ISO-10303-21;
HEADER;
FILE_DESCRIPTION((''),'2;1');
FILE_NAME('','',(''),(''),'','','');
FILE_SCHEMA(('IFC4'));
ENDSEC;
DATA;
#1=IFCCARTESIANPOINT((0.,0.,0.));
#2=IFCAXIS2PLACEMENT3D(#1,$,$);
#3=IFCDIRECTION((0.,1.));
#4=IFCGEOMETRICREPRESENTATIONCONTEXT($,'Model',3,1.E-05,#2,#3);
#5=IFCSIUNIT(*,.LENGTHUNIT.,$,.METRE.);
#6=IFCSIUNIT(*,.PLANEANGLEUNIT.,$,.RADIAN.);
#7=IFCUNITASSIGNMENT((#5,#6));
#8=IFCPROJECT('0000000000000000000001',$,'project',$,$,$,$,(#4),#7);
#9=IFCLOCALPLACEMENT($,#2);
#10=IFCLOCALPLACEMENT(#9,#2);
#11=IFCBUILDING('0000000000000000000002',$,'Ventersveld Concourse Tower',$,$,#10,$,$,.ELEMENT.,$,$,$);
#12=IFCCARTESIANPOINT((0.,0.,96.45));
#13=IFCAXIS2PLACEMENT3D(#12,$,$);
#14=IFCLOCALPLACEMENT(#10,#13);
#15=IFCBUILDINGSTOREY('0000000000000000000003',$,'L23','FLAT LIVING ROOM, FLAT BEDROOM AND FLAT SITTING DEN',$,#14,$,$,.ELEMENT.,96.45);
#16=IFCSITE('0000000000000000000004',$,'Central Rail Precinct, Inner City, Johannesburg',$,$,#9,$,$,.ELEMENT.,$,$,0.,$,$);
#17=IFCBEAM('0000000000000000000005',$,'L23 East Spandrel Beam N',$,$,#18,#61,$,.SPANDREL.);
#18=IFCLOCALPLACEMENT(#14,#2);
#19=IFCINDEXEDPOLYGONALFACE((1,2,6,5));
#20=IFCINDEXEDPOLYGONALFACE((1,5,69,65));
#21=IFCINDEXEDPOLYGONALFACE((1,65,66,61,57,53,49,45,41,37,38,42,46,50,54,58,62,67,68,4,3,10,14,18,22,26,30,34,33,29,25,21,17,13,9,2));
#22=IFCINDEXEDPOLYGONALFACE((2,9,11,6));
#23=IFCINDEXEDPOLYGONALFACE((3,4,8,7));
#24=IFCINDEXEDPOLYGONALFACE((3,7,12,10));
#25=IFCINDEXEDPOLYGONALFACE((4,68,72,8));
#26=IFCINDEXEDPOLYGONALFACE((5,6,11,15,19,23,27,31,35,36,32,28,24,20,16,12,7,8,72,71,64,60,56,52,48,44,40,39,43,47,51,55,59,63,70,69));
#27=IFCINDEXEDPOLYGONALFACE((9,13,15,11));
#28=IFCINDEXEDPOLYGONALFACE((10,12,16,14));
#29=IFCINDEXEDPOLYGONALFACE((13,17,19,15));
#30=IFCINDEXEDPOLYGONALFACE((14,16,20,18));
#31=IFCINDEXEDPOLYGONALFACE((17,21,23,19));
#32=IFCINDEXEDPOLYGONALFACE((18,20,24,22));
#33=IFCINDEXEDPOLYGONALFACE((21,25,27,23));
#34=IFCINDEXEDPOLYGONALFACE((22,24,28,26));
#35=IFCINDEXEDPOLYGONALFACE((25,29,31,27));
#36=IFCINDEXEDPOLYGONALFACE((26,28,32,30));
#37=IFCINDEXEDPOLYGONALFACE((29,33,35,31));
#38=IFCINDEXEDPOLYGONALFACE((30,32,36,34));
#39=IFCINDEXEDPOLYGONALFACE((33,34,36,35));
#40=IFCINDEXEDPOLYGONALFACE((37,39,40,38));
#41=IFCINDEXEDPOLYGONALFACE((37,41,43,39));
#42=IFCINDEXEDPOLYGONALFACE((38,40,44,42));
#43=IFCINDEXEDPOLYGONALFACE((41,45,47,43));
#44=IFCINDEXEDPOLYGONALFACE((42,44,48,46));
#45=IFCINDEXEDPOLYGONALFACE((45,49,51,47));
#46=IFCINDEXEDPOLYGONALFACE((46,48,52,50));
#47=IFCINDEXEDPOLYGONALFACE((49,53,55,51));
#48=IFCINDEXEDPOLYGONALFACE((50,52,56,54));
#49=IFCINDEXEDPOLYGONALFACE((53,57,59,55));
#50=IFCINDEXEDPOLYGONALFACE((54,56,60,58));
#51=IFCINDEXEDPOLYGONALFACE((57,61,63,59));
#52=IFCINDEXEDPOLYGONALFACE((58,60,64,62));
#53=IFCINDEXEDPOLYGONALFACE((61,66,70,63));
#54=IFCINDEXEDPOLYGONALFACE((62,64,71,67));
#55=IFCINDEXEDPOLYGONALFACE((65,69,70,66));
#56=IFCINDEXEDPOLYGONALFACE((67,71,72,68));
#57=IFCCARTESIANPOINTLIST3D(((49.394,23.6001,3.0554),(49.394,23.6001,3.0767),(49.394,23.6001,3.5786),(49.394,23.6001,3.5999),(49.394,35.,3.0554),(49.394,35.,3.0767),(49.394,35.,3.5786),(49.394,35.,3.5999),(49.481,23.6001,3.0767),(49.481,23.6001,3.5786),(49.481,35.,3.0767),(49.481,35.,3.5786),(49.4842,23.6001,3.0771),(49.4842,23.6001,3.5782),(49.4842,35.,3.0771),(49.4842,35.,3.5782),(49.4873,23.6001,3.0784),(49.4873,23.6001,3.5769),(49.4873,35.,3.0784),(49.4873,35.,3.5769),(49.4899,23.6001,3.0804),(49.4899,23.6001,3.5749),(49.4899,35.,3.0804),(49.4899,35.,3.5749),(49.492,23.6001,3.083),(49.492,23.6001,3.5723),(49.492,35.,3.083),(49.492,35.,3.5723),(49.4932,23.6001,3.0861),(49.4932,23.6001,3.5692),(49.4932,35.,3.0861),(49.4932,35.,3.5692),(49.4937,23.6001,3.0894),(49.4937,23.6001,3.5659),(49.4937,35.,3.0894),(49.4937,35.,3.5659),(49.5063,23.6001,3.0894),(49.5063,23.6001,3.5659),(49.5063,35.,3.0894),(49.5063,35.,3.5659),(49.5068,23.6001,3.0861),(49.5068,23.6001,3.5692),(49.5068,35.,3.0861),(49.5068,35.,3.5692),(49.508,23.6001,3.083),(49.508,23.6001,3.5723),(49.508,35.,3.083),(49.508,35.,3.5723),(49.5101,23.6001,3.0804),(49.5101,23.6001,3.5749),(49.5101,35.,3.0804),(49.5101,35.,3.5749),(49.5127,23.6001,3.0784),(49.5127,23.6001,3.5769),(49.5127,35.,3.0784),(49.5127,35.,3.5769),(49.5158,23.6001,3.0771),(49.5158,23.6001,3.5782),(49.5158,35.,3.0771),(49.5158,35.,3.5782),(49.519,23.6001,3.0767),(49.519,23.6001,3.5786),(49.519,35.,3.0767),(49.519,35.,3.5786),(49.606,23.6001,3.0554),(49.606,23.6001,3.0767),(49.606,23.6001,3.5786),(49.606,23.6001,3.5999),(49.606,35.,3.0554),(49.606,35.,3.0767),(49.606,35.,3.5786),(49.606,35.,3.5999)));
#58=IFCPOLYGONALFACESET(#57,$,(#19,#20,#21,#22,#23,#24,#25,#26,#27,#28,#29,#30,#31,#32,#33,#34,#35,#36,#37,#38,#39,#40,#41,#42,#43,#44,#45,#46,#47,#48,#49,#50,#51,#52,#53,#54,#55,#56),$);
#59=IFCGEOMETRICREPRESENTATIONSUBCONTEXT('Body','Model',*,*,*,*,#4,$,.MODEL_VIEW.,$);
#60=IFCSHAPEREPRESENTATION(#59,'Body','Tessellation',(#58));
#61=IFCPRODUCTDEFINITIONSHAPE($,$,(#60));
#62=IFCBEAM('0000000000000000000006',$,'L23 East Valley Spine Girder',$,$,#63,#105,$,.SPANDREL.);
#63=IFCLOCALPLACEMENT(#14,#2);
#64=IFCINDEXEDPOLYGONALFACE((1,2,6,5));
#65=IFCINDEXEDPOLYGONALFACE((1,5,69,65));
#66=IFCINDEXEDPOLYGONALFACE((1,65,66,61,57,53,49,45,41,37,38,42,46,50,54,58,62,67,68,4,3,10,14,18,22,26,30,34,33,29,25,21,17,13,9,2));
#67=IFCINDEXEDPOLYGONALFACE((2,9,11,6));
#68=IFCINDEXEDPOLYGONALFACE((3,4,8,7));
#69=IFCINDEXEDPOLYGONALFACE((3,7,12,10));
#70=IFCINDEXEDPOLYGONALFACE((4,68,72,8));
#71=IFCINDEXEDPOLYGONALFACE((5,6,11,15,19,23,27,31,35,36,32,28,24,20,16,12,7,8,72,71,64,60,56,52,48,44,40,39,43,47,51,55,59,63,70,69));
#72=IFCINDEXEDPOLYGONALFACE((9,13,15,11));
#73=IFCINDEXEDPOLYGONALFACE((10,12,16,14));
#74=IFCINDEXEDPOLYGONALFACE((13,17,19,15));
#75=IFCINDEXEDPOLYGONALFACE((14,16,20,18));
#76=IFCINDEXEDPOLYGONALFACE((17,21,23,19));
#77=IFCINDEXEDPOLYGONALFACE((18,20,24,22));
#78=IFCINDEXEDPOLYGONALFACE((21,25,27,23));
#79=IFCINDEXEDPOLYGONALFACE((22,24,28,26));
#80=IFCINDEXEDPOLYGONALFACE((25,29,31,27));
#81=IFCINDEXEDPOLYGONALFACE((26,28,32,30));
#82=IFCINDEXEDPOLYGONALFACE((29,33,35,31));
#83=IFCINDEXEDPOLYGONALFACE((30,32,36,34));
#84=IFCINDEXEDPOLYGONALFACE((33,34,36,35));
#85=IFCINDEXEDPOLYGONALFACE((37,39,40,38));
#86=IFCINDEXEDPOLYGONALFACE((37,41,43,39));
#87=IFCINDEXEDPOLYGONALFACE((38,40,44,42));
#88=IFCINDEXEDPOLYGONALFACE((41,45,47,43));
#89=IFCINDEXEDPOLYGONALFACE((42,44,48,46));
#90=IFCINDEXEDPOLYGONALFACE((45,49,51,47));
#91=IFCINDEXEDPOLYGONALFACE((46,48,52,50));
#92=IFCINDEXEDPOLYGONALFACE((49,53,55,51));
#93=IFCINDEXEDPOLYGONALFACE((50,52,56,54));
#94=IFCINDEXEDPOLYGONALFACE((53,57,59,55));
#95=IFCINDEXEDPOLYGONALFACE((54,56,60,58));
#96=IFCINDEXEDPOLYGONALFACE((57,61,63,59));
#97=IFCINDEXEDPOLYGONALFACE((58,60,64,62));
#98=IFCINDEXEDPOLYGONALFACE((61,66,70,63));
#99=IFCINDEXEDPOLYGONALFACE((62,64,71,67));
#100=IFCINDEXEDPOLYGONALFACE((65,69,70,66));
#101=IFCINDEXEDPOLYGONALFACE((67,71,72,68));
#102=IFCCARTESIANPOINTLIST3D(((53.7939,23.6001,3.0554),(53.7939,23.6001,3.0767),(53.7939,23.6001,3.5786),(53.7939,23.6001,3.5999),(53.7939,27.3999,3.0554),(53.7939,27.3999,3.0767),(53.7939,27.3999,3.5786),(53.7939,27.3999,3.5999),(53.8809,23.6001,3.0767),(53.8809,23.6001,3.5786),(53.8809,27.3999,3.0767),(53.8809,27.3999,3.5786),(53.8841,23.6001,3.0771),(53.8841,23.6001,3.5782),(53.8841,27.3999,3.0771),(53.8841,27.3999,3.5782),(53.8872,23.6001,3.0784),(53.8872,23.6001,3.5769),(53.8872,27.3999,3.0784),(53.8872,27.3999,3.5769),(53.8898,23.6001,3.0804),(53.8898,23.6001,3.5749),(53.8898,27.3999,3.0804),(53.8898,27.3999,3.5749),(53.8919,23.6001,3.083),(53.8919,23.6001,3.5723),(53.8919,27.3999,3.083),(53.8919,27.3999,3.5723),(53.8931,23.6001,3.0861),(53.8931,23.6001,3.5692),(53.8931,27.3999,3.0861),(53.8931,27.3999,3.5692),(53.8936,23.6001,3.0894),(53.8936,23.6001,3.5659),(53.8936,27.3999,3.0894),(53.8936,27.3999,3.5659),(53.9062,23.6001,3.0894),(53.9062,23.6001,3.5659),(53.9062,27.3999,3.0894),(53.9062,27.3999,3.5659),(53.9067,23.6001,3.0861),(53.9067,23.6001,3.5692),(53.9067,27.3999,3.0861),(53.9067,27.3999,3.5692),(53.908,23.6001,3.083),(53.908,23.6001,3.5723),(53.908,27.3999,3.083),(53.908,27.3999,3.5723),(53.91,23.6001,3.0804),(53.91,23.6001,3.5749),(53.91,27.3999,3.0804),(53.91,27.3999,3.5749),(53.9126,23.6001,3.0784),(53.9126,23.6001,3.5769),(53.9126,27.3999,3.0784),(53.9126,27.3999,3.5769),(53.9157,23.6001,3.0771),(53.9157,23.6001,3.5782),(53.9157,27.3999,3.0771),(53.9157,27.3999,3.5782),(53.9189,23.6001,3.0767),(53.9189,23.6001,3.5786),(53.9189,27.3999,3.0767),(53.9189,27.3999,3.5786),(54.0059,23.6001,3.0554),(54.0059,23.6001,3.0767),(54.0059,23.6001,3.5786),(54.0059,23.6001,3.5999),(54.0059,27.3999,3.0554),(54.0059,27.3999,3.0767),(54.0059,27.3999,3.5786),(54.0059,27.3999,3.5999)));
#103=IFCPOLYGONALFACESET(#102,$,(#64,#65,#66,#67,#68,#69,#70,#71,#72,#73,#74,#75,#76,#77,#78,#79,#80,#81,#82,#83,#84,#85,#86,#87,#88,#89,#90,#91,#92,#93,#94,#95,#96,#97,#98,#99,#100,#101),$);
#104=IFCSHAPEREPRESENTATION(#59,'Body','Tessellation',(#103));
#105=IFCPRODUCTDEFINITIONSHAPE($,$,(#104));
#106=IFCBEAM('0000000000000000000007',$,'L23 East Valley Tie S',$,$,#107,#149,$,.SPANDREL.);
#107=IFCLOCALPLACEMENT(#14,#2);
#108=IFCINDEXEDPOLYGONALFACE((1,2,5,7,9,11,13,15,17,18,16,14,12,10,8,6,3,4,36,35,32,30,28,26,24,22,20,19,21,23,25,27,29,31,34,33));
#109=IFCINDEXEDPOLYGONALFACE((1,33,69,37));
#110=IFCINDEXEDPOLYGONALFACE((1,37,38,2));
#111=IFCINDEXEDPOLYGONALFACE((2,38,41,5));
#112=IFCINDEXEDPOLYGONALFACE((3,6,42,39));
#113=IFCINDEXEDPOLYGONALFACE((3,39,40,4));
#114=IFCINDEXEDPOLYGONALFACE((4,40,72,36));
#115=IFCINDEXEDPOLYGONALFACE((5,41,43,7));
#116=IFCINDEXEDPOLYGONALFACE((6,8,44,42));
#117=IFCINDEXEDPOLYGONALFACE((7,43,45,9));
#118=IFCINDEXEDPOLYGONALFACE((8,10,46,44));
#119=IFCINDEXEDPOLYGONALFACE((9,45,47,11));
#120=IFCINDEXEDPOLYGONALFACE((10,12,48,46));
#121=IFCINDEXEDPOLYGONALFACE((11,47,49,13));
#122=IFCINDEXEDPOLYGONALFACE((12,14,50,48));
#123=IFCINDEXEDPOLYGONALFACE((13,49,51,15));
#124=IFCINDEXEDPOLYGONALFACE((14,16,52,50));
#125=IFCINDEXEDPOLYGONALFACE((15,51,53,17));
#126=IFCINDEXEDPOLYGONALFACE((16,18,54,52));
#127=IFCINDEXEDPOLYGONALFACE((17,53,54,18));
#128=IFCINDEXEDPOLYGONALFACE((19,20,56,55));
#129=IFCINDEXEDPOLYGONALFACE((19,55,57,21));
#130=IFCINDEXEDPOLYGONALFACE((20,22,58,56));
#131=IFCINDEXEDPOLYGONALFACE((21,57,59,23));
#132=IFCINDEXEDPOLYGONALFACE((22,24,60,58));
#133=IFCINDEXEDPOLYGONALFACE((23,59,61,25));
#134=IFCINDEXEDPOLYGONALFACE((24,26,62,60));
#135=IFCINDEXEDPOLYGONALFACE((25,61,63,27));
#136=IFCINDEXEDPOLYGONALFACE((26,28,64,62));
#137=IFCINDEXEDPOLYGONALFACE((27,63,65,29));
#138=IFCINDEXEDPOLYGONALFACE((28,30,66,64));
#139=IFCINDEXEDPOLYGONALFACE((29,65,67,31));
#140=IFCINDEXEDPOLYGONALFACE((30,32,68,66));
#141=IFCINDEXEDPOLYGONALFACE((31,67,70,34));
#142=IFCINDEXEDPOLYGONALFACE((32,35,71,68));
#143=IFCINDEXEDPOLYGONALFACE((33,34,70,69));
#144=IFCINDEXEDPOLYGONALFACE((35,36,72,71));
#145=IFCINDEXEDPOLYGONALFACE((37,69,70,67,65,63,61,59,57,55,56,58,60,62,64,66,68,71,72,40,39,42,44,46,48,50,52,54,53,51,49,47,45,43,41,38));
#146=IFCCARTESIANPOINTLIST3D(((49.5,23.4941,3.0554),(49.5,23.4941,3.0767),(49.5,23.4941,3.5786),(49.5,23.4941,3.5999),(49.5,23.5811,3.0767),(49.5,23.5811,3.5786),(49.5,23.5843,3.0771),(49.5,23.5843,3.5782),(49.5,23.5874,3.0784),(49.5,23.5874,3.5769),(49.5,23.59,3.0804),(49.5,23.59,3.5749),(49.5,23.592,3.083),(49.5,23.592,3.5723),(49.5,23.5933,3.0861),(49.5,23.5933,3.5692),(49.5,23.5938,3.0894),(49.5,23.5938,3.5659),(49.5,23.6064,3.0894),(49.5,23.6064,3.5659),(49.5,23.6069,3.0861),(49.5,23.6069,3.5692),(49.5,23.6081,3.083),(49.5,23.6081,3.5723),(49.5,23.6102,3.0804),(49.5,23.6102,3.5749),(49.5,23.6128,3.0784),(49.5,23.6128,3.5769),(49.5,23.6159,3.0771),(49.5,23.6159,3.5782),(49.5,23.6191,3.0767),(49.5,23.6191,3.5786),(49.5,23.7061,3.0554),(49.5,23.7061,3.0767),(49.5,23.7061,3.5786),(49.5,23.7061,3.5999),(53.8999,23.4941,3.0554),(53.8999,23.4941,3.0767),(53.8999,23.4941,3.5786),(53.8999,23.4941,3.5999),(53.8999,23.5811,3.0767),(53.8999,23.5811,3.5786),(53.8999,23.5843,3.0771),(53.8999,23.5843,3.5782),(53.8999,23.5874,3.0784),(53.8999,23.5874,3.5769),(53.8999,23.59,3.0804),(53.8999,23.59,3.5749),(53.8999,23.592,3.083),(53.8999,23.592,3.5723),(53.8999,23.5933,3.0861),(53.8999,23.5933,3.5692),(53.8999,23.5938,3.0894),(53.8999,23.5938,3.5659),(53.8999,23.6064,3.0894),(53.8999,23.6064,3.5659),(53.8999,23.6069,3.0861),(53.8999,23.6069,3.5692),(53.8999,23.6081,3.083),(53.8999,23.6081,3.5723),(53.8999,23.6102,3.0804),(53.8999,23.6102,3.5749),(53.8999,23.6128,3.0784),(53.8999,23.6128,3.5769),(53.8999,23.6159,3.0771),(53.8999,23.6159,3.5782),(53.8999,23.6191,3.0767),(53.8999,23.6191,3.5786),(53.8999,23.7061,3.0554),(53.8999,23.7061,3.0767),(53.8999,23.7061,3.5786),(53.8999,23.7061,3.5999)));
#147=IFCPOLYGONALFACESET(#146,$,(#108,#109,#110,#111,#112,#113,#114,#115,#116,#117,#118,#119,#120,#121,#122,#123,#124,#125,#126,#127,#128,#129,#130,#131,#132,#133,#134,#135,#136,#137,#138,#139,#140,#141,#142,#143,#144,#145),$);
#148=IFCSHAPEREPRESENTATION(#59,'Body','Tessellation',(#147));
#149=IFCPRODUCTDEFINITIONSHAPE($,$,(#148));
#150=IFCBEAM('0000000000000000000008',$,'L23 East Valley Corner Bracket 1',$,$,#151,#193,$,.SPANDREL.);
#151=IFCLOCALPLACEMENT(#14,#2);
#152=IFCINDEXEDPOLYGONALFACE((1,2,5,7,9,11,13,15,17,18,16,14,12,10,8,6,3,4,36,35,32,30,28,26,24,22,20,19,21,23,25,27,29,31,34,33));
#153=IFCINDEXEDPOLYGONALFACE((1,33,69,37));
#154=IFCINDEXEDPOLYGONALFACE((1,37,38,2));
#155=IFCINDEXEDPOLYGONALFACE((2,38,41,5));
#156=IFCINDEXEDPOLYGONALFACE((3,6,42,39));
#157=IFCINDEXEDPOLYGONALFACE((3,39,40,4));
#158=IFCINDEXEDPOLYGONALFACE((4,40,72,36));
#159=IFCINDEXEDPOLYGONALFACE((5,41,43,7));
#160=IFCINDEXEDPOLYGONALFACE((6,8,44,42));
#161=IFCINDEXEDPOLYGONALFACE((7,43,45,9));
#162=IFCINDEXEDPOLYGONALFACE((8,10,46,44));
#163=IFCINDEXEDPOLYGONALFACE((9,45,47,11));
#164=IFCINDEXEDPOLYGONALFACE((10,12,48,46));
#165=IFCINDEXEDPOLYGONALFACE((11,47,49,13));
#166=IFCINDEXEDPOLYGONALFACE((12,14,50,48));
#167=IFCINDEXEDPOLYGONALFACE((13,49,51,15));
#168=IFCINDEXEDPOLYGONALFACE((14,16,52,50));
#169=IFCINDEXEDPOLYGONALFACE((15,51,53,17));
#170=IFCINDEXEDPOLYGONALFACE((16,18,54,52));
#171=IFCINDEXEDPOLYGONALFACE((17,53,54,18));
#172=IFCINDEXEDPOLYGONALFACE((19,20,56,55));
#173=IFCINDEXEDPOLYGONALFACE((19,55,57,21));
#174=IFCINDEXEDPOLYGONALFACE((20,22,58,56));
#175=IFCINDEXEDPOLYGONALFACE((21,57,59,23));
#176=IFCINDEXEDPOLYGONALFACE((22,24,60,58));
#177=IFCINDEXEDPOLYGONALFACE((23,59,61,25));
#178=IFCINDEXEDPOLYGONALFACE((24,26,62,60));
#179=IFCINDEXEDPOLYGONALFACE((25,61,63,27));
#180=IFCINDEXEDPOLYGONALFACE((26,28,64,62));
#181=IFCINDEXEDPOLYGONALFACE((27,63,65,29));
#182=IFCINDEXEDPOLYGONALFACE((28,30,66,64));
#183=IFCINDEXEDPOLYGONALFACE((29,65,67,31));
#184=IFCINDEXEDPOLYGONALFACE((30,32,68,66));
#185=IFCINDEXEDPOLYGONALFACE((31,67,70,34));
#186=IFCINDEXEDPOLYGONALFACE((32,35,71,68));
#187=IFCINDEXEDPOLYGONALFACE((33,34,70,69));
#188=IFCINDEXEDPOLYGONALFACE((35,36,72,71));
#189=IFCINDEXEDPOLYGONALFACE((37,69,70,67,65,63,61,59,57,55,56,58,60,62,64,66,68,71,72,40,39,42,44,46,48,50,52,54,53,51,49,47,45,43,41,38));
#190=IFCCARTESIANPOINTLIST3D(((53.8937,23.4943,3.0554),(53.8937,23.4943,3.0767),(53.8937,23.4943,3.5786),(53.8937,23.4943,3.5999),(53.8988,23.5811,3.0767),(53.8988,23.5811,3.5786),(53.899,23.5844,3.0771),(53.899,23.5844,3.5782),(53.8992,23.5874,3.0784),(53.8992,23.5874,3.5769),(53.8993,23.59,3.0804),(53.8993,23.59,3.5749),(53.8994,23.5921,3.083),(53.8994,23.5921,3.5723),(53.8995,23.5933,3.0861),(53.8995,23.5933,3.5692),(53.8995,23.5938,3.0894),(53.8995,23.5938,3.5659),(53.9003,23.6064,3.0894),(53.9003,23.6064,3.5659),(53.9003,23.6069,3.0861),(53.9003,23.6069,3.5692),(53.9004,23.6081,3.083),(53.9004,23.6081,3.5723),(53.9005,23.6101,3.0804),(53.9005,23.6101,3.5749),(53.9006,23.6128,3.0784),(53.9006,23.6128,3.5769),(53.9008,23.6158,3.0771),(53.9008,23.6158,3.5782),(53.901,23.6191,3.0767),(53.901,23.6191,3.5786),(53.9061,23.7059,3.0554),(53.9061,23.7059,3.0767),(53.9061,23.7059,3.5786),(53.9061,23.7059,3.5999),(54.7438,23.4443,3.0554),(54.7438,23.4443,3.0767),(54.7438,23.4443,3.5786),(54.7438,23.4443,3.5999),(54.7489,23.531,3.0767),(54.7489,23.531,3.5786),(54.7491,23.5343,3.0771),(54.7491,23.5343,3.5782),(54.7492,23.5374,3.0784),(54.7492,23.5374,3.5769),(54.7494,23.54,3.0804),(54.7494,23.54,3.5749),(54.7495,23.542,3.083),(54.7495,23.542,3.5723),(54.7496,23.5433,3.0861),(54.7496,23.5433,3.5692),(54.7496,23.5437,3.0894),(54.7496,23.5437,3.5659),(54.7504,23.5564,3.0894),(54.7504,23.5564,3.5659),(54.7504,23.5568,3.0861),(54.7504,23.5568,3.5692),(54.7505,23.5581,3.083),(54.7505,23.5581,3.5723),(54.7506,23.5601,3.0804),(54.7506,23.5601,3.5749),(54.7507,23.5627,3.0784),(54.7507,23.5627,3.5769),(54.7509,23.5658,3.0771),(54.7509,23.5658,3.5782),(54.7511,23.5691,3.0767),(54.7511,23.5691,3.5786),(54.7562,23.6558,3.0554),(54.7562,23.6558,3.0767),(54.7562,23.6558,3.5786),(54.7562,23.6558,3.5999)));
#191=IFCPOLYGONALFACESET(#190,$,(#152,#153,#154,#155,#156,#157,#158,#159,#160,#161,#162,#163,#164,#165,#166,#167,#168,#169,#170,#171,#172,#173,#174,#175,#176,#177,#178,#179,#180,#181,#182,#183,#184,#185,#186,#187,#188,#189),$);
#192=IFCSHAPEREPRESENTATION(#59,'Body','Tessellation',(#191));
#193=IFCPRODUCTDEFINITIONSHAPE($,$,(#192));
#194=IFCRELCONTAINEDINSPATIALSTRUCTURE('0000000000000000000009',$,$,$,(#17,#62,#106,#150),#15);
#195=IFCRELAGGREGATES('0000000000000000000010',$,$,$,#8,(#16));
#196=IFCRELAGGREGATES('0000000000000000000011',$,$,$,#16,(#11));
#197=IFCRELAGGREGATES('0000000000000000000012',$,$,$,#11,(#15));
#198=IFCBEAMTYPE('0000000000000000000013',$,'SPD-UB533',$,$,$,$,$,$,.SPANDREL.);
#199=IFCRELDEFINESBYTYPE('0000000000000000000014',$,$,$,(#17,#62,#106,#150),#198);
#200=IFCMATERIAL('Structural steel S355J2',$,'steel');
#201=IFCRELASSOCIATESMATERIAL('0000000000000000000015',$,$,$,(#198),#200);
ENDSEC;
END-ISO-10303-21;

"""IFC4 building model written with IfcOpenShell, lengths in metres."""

from ifc_helpers import new_model, si_unit, direction, frame, origin, origin_2d, place, context, subcontext, project, spatial, i_section, extrude, material, material_profile, profile_set, type_object, element, save


model = new_model("IFC4")

# Units and contexts
model_context = context("Model", 3, precision=1e-05, world=origin(), true_north=direction((0.0, 1.0)))
body_context = subcontext(model_context, "Body", "Model", "MODEL_VIEW")
ifc_project = project(units=[si_unit("LENGTHUNIT", "METRE"), si_unit("PLANEANGLEUNIT", "RADIAN")], contexts=[model_context])

# Site, building, storey
site_placement = place(None, origin())
site = spatial("IfcSite", under=ifc_project, at=site_placement, Name="Central Rail Precinct, Inner City, Johannesburg", CompositionType="ELEMENT", RefElevation=0.0)
building_placement = place(site_placement, origin())
building = spatial("IfcBuilding", under=site, at=building_placement, Name="Ventersveld Concourse Tower", CompositionType="ELEMENT")
storey_placement = place(building_placement, frame((0.0, 0.0, 96.45)))
storey = spatial("IfcBuildingStorey", under=building, at=storey_placement, Name="L23", Description="FLAT LIVING ROOM, FLAT BEDROOM AND FLAT SITTING DEN", CompositionType="ELEMENT", Elevation=96.45)

# Beams
ifc_material_1 = material(Name="Structural steel S355J2", Category="steel")
ifc_material_profile_1 = material_profile(ifc_material_1, i_section(OverallWidth=0.2119, OverallDepth=0.5444, WebThickness=0.0127, FlangeThickness=0.0212, FilletRadius=0.0127, at=origin_2d()), Name="UB 533x210x122")
ifc_profile_set_1 = profile_set([ifc_material_profile_1], Name="Structural steel S355J2")
beam_type_1 = type_object("IfcBeamType", Name="SPD-UB533", PredefinedType="SPANDREL", material=ifc_profile_set_1)
beam_1_placement = place(storey_placement, frame((49.5, 23.6001, 3.3276), z_axis=(0.0, 1.0, 0.0), x_axis=(-1.0, 0.0, 0.0)))
element("IfcBeam", 1, at=beam_1_placement, inside=storey, type_object=beam_type_1, Name="L23 East Spandrel Beam N", PredefinedType="SPANDREL", context=body_context, shape_type="SweptSolid", body=[
    extrude(i_section(OverallWidth=0.2119, OverallDepth=0.5444, WebThickness=0.0127, FlangeThickness=0.0212, FilletRadius=0.0127, at=origin_2d()), origin(), (0.0, 0.0, 1.0), 11.3999),
])
beam_2_placement = place(storey_placement, frame((53.8999, 23.6001, 3.3276), z_axis=(0.0, 1.0, 0.0), x_axis=(-1.0, 0.0, 0.0)))
element("IfcBeam", 2, at=beam_2_placement, inside=storey, type_object=beam_type_1, Name="L23 East Valley Spine Girder", PredefinedType="SPANDREL", context=body_context, shape_type="SweptSolid", body=[
    extrude(i_section(OverallWidth=0.2119, OverallDepth=0.5444, WebThickness=0.0127, FlangeThickness=0.0212, FilletRadius=0.0127, at=origin_2d()), origin(), (0.0, 0.0, 1.0), 3.7998),
])
beam_3_placement = place(storey_placement, frame((49.5, 23.6001, 3.3276), z_axis=(1.0, 0.0, 0.0), x_axis=(0.0, 1.0, 0.0)))
element("IfcBeam", 3, at=beam_3_placement, inside=storey, type_object=beam_type_1, Name="L23 East Valley Tie S", PredefinedType="SPANDREL", context=body_context, shape_type="SweptSolid", body=[
    extrude(i_section(OverallWidth=0.2119, OverallDepth=0.5444, WebThickness=0.0127, FlangeThickness=0.0212, FilletRadius=0.0127, at=origin_2d()), origin(), (0.0, 0.0, 1.0), 4.3999),
])
beam_4_placement = place(storey_placement, frame((53.8999, 23.6001, 3.3276), z_axis=(0.998271, -0.058772, 0.0), x_axis=(0.058772, 0.998271, 0.0)))
element("IfcBeam", 4, at=beam_4_placement, inside=storey, type_object=beam_type_1, Name="L23 East Valley Corner Bracket 1", PredefinedType="SPANDREL", context=body_context, shape_type="SweptSolid", body=[
    extrude(i_section(OverallWidth=0.2119, OverallDepth=0.5444, WebThickness=0.0127, FlangeThickness=0.0212, FilletRadius=0.0127, at=origin_2d()), origin(), (0.0, 0.0, 1.0), 0.8516),
])

save(model, "model.ifc")
